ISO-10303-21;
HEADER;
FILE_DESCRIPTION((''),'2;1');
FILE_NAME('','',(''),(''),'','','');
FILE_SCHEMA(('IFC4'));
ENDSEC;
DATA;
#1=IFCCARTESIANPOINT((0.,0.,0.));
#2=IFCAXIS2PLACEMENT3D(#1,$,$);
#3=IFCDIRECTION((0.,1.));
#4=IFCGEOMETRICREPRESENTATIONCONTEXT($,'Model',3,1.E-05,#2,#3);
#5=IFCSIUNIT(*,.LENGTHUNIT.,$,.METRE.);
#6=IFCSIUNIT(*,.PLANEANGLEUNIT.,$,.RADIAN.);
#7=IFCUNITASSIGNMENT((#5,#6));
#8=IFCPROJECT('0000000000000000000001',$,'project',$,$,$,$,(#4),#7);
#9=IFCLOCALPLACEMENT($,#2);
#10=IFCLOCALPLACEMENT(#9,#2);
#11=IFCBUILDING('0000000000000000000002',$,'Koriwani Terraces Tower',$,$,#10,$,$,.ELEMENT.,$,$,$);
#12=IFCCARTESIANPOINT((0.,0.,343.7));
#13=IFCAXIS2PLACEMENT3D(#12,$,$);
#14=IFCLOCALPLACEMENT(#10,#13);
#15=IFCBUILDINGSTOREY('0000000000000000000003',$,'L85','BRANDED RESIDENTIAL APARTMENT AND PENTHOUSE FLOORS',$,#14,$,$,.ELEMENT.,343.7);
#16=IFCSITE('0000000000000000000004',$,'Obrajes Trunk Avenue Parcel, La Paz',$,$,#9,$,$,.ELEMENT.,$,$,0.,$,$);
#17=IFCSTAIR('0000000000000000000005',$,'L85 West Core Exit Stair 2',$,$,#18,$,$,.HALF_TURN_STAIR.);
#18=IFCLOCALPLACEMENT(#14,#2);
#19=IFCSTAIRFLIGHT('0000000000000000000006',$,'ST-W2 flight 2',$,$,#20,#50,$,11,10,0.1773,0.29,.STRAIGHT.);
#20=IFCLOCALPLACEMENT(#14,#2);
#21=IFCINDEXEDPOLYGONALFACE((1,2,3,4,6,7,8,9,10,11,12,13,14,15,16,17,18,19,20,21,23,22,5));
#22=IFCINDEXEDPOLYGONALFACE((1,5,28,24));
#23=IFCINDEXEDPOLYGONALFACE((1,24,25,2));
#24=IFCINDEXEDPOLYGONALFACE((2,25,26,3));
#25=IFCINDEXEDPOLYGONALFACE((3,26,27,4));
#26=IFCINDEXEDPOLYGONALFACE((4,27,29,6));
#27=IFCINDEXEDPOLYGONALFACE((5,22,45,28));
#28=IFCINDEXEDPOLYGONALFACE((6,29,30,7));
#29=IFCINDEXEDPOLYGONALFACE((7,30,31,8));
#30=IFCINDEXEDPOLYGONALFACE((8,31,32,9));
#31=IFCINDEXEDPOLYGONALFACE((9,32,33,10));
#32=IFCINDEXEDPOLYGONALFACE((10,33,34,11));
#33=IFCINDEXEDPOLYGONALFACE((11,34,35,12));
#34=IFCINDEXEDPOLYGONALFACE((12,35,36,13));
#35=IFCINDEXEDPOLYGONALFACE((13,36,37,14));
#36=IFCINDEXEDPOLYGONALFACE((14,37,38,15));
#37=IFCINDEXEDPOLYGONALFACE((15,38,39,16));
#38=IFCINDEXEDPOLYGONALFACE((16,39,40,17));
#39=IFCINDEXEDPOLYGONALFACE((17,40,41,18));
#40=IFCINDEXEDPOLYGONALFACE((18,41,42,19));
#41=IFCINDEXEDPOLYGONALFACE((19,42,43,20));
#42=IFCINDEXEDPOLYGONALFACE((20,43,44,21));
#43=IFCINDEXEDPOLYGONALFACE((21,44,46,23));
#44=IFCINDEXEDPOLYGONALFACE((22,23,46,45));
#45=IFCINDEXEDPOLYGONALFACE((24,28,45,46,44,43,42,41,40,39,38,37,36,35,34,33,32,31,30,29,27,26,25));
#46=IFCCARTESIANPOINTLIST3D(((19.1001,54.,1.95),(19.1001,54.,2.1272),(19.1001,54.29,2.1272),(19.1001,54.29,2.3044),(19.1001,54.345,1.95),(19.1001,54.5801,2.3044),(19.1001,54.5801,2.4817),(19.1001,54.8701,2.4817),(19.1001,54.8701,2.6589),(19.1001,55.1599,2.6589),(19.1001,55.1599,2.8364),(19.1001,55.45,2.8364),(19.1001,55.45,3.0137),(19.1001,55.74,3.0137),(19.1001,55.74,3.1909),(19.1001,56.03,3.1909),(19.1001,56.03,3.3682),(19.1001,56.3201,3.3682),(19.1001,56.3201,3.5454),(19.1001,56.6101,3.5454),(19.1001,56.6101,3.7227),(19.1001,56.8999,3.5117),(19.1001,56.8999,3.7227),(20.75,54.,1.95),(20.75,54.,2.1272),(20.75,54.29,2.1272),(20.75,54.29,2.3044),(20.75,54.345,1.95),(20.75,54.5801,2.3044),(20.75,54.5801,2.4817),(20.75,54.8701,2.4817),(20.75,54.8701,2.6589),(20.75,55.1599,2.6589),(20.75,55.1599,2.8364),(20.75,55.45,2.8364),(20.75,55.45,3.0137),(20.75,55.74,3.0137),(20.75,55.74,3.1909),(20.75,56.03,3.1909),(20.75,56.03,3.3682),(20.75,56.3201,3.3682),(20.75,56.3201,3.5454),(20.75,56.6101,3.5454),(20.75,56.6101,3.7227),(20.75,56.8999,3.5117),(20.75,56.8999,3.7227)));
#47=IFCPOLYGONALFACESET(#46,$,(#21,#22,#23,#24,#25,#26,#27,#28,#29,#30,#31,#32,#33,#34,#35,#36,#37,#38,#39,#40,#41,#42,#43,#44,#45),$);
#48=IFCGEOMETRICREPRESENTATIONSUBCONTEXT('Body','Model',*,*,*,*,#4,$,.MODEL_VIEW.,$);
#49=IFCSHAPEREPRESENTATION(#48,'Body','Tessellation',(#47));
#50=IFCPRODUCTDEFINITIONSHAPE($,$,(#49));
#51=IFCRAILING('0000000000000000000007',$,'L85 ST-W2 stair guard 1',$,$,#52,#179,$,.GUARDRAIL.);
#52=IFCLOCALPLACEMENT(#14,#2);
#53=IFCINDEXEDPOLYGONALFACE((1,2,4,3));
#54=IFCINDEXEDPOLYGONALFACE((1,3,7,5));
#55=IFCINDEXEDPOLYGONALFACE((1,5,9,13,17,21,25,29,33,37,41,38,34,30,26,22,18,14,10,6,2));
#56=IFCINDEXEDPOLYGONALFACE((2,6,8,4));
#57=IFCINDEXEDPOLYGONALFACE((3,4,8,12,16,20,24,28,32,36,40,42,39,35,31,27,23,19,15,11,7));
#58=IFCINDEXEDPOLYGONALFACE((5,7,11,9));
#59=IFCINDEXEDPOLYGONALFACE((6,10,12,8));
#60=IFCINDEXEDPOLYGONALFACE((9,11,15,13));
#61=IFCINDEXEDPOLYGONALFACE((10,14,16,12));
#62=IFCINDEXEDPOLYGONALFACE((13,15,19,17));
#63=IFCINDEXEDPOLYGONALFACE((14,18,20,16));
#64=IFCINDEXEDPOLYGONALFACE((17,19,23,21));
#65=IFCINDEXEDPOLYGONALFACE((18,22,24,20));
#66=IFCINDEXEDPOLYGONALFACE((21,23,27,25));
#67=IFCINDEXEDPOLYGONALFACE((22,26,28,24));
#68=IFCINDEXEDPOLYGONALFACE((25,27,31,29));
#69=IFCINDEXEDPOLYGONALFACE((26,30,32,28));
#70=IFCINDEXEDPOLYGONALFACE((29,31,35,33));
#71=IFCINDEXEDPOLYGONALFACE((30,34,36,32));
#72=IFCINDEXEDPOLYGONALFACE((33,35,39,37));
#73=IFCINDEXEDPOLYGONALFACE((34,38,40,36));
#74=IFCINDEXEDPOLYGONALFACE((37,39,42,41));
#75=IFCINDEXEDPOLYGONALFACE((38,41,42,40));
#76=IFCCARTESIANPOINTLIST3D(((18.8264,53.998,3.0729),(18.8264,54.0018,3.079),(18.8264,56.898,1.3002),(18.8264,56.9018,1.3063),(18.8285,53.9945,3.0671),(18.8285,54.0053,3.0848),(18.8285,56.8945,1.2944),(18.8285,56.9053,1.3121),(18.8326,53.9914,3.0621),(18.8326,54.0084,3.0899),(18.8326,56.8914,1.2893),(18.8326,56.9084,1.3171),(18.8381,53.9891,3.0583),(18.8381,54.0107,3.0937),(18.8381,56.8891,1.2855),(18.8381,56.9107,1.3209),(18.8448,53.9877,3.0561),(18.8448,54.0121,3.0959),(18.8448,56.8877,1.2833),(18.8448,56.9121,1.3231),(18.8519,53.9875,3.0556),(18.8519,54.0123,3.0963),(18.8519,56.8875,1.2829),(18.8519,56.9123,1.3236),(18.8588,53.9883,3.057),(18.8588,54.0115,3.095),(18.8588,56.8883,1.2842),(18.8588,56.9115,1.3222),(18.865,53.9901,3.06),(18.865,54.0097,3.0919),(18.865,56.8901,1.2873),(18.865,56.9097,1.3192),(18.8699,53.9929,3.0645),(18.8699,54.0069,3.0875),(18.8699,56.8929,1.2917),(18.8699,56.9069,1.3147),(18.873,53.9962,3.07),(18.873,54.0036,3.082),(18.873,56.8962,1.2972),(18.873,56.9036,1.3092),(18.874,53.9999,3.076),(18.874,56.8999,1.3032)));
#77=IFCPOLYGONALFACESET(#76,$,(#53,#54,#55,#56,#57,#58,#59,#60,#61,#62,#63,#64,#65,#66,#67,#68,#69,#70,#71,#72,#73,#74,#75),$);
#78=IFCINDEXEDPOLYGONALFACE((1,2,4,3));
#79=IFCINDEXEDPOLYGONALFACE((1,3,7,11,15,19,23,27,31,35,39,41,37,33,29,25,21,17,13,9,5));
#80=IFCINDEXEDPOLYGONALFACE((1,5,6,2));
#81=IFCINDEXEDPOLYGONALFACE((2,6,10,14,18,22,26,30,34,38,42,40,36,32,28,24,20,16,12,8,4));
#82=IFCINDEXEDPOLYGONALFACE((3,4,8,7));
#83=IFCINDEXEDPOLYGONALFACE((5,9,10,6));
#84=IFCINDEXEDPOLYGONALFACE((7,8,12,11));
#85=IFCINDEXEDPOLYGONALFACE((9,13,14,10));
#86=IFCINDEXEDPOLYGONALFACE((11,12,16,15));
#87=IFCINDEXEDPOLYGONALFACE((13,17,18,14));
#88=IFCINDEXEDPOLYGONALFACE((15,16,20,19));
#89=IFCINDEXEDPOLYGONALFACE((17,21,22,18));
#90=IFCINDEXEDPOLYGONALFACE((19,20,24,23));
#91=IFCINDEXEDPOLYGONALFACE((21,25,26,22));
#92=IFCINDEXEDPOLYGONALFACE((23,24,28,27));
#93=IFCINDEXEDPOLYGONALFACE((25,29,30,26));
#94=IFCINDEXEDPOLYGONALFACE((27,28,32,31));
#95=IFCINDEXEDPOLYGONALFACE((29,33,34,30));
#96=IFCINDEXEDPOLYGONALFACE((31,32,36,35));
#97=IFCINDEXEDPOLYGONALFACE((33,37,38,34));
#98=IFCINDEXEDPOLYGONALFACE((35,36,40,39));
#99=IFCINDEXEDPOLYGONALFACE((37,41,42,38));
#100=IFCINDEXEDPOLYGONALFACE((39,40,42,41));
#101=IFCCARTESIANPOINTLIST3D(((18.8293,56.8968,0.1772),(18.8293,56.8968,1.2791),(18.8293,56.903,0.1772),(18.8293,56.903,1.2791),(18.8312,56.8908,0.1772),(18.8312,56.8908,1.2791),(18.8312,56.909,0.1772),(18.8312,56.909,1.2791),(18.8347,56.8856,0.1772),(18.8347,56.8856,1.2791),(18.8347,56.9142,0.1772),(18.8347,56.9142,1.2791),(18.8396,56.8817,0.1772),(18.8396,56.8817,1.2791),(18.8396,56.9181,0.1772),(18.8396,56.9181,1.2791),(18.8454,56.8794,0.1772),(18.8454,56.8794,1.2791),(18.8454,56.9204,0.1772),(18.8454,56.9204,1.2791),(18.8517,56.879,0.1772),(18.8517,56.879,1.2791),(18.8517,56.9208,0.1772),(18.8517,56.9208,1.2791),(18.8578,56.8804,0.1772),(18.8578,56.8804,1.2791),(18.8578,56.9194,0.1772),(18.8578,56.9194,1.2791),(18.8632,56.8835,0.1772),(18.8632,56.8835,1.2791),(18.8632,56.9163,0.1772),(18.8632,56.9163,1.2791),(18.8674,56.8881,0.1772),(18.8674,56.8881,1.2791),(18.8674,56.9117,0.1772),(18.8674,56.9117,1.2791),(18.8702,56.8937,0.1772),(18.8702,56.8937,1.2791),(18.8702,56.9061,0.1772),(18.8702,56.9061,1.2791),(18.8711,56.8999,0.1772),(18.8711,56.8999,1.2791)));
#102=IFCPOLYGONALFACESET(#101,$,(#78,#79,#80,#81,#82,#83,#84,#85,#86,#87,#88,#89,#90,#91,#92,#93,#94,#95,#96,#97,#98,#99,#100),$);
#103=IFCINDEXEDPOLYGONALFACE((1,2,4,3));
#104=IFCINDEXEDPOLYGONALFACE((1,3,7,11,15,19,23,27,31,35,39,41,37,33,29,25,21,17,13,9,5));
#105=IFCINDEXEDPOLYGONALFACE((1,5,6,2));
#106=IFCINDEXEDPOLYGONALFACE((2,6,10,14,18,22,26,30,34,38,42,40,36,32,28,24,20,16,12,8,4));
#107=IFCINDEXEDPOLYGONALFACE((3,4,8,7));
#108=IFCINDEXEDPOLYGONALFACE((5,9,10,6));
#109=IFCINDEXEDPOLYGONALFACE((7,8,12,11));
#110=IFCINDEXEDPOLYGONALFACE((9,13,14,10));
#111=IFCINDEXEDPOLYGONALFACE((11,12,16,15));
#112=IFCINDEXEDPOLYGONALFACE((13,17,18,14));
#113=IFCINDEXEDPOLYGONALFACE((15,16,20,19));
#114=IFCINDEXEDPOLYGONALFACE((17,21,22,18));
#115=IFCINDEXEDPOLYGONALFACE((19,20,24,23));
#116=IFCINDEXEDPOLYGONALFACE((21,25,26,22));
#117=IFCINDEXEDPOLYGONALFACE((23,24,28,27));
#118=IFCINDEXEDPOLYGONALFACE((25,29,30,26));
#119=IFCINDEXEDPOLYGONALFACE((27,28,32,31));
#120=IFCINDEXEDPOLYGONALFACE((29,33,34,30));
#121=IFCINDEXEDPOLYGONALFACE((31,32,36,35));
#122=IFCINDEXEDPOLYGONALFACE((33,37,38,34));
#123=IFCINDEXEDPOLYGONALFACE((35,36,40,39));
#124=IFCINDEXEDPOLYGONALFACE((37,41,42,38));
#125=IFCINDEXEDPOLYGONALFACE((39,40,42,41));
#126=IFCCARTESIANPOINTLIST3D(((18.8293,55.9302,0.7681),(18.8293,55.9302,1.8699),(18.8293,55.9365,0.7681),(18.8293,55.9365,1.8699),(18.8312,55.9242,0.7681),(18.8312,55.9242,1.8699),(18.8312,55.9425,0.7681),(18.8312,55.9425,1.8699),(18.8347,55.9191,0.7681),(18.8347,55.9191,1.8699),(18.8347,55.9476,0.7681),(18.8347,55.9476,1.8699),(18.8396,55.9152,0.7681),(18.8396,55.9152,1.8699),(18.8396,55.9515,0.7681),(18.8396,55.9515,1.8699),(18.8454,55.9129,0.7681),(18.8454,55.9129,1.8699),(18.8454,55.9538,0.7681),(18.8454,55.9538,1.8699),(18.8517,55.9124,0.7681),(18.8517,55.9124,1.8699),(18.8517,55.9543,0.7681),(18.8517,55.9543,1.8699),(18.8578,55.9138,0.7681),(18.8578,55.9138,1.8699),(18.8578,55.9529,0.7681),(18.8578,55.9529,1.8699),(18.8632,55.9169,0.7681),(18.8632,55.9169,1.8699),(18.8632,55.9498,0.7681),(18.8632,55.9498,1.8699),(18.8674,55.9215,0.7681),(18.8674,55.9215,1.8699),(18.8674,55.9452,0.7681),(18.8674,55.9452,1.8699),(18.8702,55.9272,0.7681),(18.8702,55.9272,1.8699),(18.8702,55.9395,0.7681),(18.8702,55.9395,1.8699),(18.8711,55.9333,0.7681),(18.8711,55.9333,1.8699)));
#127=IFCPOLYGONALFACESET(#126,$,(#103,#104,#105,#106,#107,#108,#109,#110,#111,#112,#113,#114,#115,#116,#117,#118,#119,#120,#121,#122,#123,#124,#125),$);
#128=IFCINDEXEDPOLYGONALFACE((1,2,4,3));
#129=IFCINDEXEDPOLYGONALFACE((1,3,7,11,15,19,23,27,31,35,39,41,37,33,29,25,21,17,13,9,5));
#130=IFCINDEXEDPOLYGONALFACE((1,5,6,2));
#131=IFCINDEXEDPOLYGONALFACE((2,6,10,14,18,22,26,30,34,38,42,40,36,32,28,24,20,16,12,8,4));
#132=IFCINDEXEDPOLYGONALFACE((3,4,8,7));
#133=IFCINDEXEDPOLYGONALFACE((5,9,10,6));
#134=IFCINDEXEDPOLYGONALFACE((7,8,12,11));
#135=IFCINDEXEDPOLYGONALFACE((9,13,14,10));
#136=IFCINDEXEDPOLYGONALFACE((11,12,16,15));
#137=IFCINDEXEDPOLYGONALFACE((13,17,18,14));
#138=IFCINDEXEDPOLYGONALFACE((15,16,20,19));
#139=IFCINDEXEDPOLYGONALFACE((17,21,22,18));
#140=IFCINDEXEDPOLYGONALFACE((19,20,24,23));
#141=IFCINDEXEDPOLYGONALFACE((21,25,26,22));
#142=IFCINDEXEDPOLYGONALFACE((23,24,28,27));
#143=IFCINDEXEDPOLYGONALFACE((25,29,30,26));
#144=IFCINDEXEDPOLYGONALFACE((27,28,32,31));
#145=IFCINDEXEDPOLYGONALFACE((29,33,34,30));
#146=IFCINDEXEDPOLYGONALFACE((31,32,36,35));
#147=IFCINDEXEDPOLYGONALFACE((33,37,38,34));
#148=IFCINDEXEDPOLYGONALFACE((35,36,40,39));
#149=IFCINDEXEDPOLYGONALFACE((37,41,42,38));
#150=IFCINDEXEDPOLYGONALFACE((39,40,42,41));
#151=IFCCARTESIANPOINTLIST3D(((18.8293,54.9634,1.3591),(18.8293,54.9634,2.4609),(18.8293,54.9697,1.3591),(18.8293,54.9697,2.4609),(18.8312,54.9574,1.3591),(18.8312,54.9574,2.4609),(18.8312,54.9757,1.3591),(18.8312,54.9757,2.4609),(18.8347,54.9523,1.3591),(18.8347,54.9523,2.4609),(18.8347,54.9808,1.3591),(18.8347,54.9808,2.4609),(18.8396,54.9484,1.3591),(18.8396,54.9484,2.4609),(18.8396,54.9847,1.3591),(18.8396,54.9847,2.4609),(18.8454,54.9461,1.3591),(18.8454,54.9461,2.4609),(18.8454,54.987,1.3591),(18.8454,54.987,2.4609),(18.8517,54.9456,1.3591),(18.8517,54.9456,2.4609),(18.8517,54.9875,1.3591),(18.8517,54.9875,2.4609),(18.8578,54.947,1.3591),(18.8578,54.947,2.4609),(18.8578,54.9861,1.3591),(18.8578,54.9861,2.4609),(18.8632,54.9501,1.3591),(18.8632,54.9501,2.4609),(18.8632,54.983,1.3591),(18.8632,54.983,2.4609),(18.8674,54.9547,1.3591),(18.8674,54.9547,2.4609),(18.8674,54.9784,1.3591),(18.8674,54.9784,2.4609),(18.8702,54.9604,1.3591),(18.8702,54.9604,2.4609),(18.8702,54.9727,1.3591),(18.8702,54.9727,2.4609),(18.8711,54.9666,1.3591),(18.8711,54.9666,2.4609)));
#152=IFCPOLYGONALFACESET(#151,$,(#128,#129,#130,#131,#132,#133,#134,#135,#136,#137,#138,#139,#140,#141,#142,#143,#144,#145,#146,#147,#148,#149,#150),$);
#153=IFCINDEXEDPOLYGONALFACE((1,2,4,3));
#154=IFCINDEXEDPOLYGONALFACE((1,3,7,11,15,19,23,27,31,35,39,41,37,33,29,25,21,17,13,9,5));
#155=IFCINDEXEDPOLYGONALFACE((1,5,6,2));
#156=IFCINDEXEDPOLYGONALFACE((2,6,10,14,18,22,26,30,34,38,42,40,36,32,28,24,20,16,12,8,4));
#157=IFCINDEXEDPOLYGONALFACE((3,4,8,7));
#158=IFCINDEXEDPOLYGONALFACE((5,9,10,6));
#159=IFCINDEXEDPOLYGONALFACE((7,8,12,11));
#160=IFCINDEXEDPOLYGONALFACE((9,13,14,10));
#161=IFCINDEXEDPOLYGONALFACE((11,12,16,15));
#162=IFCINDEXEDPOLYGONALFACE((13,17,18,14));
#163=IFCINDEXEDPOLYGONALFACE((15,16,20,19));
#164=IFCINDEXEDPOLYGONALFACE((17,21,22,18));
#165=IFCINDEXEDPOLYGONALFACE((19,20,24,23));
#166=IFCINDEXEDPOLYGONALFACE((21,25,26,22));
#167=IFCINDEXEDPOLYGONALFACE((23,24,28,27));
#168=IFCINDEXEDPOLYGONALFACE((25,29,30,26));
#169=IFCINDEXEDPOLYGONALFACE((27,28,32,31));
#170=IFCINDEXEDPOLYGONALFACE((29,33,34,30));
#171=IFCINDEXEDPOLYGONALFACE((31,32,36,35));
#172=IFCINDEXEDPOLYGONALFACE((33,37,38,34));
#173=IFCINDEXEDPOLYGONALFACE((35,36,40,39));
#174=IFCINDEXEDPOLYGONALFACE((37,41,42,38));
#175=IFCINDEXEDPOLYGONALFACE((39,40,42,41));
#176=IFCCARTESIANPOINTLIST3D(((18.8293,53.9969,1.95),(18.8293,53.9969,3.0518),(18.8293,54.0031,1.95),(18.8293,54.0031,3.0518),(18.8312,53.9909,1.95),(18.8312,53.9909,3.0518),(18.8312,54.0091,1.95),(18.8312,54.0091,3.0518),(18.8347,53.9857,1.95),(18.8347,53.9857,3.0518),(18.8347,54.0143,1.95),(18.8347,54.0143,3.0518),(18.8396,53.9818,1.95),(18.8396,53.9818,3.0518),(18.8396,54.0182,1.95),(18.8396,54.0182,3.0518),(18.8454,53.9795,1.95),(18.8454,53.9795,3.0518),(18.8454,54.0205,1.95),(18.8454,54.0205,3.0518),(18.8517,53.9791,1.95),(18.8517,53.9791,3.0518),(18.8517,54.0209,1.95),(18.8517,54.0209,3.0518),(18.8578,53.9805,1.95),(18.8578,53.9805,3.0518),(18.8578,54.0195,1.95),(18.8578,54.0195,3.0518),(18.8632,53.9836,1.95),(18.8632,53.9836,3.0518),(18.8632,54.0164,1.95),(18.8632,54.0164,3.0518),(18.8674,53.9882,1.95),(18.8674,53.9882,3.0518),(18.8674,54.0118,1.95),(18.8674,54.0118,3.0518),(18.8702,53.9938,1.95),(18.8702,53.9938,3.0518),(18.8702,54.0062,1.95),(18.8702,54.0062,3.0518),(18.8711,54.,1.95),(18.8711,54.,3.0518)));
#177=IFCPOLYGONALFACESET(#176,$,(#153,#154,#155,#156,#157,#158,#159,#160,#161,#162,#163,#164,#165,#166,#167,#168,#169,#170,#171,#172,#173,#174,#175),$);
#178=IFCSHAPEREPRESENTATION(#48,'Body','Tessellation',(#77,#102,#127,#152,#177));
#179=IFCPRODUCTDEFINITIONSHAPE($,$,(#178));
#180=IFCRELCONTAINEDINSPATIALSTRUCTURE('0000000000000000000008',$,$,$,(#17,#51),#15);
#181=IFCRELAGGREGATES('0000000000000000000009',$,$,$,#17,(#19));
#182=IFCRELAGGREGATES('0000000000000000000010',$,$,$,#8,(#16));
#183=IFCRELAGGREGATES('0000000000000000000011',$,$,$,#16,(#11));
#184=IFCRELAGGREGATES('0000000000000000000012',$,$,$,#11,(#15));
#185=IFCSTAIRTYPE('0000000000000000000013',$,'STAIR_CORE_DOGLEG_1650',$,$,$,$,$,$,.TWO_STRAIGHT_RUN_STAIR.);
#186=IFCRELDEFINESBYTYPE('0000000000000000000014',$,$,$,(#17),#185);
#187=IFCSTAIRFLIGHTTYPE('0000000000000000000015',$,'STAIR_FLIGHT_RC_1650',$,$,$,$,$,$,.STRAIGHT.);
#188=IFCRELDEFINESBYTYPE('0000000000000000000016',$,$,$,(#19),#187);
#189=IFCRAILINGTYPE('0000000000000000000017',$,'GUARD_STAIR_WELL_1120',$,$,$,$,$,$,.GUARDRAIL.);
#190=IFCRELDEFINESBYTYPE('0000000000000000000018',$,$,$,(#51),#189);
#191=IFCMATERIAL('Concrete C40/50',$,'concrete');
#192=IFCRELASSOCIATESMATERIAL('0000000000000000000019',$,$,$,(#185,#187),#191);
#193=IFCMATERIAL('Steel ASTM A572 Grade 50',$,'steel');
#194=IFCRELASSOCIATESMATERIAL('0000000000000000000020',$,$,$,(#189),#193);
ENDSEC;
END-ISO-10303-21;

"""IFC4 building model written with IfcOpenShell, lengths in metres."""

from ifc_helpers import new_model, si_unit, direction, frame, origin, origin_2d, place, context, subcontext, project, spatial, polyline, circle, outline, extrude, material, type_object, element, aggregate, save


model = new_model("IFC4")

# Units and contexts
model_context = context("Model", 3, precision=1e-05, world=origin(), true_north=direction((0.0, 1.0)))
body_context = subcontext(model_context, "Body", "Model", "MODEL_VIEW")
ifc_project = project(units=[si_unit("LENGTHUNIT", "METRE"), si_unit("PLANEANGLEUNIT", "RADIAN")], contexts=[model_context])

# Site, building, storey
site_placement = place(None, origin())
site = spatial("IfcSite", under=ifc_project, at=site_placement, Name="Obrajes Trunk Avenue Parcel, La Paz", CompositionType="ELEMENT", RefElevation=0.0)
building_placement = place(site_placement, origin())
building = spatial("IfcBuilding", under=site, at=building_placement, Name="Koriwani Terraces Tower", CompositionType="ELEMENT")
storey_placement = place(building_placement, frame((0.0, 0.0, 343.7)))
storey = spatial("IfcBuildingStorey", under=building, at=storey_placement, Name="L85", Description="BRANDED RESIDENTIAL APARTMENT AND PENTHOUSE FLOORS", CompositionType="ELEMENT", Elevation=343.7)

# Shared definitions
ifc_material_1 = material(Name="Concrete C40/50", Category="concrete")
ifc_material_2 = material(Name="Steel ASTM A572 Grade 50", Category="steel")

# Stair, stair flight
stair_type = type_object("IfcStairType", Name="STAIR_CORE_DOGLEG_1650", PredefinedType="TWO_STRAIGHT_RUN_STAIR", material=ifc_material_1)
stair_placement = place(storey_placement, origin())
stair = element("IfcStair", 1, at=stair_placement, inside=storey, type_object=stair_type, Name="L85 West Core Exit Stair 2", PredefinedType="HALF_TURN_STAIR")
stair_flight_type = type_object("IfcStairFlightType", Name="STAIR_FLIGHT_RC_1650", PredefinedType="STRAIGHT", material=ifc_material_1)
stair_flight_1_placement = place(storey_placement, frame((19.925, 54.0, 1.95), z_axis=(0.0, 0.0, 1.0), x_axis=(0.0, 1.0, 0.0)))
stair_flight_1 = element("IfcStairFlight", 2, at=stair_flight_1_placement, type_object=stair_flight_type, Name="ST-W2 flight 2", NumberOfRisers=11, NumberOfTreads=10, PredefinedType="STRAIGHT", RiserHeight=0.1773, TreadLength=0.29, context=body_context, shape_type="SweptSolid", body=[
    extrude(outline(polyline([(0.0, 0.0), (0.0, 0.1772), (0.29, 0.1772), (0.29, 0.3545), (0.5801, 0.3545), (0.5801, 0.5317), (0.8701, 0.5317), (0.8701, 0.709), (1.1599, 0.709), (1.1599, 0.8865), (1.45, 0.8865), (1.45, 1.0637), (1.74, 1.0637), (1.74, 1.241), (2.03, 1.241), (2.03, 1.4182), (2.3201, 1.4182), (2.3201, 1.5955), (2.6101, 1.5955), (2.6101, 1.7727), (2.8999, 1.7727), (2.8999, 1.95), (2.8999, 1.5618), (0.345, 0.0), (0.0, 0.0)])), frame((0.0, 0.825, 0.0), z_axis=(0.0, -1.0, 0.0), x_axis=(1.0, 0.0, 0.0)), (0.0, 0.0, 1.0), 1.6499),
])
aggregate(stair, [stair_flight_1])

# Railing
railing_type_1 = type_object("IfcRailingType", Name="GUARD_STAIR_WELL_1120", PredefinedType="GUARDRAIL", material=ifc_material_2)
railing_1_placement = place(storey_placement, frame((18.8501, 56.8999, 0.1772)))
element("IfcRailing", 3, at=railing_1_placement, inside=storey, type_object=railing_type_1, Name="L85 ST-W2 stair guard 1", PredefinedType="GUARDRAIL", context=body_context, shape_type="SweptSolid", body=[
    extrude(circle(Radius=0.0239, at=origin_2d()), frame((0.0, 0.0, 1.126), z_axis=(0.0, -0.853211, 0.521566), x_axis=(1.0, 0.0, 0.0)), (0.0, 0.0, 1.0), 3.3989),
    extrude(circle(Radius=0.021, at=origin_2d()), origin(), (0.0, 0.0, 1.0), 1.1018),
    extrude(circle(Radius=0.021, at=origin_2d()), frame((0.0, -0.9666, 0.5908)), (0.0, 0.0, 1.0), 1.1018),
    extrude(circle(Radius=0.021, at=origin_2d()), frame((0.0, -1.9333, 1.1819)), (0.0, 0.0, 1.0), 1.1018),
    extrude(circle(Radius=0.021, at=origin_2d()), frame((0.0, -2.8999, 1.7727)), (0.0, 0.0, 1.0), 1.1018),
])

save(model, "model.ifc")
